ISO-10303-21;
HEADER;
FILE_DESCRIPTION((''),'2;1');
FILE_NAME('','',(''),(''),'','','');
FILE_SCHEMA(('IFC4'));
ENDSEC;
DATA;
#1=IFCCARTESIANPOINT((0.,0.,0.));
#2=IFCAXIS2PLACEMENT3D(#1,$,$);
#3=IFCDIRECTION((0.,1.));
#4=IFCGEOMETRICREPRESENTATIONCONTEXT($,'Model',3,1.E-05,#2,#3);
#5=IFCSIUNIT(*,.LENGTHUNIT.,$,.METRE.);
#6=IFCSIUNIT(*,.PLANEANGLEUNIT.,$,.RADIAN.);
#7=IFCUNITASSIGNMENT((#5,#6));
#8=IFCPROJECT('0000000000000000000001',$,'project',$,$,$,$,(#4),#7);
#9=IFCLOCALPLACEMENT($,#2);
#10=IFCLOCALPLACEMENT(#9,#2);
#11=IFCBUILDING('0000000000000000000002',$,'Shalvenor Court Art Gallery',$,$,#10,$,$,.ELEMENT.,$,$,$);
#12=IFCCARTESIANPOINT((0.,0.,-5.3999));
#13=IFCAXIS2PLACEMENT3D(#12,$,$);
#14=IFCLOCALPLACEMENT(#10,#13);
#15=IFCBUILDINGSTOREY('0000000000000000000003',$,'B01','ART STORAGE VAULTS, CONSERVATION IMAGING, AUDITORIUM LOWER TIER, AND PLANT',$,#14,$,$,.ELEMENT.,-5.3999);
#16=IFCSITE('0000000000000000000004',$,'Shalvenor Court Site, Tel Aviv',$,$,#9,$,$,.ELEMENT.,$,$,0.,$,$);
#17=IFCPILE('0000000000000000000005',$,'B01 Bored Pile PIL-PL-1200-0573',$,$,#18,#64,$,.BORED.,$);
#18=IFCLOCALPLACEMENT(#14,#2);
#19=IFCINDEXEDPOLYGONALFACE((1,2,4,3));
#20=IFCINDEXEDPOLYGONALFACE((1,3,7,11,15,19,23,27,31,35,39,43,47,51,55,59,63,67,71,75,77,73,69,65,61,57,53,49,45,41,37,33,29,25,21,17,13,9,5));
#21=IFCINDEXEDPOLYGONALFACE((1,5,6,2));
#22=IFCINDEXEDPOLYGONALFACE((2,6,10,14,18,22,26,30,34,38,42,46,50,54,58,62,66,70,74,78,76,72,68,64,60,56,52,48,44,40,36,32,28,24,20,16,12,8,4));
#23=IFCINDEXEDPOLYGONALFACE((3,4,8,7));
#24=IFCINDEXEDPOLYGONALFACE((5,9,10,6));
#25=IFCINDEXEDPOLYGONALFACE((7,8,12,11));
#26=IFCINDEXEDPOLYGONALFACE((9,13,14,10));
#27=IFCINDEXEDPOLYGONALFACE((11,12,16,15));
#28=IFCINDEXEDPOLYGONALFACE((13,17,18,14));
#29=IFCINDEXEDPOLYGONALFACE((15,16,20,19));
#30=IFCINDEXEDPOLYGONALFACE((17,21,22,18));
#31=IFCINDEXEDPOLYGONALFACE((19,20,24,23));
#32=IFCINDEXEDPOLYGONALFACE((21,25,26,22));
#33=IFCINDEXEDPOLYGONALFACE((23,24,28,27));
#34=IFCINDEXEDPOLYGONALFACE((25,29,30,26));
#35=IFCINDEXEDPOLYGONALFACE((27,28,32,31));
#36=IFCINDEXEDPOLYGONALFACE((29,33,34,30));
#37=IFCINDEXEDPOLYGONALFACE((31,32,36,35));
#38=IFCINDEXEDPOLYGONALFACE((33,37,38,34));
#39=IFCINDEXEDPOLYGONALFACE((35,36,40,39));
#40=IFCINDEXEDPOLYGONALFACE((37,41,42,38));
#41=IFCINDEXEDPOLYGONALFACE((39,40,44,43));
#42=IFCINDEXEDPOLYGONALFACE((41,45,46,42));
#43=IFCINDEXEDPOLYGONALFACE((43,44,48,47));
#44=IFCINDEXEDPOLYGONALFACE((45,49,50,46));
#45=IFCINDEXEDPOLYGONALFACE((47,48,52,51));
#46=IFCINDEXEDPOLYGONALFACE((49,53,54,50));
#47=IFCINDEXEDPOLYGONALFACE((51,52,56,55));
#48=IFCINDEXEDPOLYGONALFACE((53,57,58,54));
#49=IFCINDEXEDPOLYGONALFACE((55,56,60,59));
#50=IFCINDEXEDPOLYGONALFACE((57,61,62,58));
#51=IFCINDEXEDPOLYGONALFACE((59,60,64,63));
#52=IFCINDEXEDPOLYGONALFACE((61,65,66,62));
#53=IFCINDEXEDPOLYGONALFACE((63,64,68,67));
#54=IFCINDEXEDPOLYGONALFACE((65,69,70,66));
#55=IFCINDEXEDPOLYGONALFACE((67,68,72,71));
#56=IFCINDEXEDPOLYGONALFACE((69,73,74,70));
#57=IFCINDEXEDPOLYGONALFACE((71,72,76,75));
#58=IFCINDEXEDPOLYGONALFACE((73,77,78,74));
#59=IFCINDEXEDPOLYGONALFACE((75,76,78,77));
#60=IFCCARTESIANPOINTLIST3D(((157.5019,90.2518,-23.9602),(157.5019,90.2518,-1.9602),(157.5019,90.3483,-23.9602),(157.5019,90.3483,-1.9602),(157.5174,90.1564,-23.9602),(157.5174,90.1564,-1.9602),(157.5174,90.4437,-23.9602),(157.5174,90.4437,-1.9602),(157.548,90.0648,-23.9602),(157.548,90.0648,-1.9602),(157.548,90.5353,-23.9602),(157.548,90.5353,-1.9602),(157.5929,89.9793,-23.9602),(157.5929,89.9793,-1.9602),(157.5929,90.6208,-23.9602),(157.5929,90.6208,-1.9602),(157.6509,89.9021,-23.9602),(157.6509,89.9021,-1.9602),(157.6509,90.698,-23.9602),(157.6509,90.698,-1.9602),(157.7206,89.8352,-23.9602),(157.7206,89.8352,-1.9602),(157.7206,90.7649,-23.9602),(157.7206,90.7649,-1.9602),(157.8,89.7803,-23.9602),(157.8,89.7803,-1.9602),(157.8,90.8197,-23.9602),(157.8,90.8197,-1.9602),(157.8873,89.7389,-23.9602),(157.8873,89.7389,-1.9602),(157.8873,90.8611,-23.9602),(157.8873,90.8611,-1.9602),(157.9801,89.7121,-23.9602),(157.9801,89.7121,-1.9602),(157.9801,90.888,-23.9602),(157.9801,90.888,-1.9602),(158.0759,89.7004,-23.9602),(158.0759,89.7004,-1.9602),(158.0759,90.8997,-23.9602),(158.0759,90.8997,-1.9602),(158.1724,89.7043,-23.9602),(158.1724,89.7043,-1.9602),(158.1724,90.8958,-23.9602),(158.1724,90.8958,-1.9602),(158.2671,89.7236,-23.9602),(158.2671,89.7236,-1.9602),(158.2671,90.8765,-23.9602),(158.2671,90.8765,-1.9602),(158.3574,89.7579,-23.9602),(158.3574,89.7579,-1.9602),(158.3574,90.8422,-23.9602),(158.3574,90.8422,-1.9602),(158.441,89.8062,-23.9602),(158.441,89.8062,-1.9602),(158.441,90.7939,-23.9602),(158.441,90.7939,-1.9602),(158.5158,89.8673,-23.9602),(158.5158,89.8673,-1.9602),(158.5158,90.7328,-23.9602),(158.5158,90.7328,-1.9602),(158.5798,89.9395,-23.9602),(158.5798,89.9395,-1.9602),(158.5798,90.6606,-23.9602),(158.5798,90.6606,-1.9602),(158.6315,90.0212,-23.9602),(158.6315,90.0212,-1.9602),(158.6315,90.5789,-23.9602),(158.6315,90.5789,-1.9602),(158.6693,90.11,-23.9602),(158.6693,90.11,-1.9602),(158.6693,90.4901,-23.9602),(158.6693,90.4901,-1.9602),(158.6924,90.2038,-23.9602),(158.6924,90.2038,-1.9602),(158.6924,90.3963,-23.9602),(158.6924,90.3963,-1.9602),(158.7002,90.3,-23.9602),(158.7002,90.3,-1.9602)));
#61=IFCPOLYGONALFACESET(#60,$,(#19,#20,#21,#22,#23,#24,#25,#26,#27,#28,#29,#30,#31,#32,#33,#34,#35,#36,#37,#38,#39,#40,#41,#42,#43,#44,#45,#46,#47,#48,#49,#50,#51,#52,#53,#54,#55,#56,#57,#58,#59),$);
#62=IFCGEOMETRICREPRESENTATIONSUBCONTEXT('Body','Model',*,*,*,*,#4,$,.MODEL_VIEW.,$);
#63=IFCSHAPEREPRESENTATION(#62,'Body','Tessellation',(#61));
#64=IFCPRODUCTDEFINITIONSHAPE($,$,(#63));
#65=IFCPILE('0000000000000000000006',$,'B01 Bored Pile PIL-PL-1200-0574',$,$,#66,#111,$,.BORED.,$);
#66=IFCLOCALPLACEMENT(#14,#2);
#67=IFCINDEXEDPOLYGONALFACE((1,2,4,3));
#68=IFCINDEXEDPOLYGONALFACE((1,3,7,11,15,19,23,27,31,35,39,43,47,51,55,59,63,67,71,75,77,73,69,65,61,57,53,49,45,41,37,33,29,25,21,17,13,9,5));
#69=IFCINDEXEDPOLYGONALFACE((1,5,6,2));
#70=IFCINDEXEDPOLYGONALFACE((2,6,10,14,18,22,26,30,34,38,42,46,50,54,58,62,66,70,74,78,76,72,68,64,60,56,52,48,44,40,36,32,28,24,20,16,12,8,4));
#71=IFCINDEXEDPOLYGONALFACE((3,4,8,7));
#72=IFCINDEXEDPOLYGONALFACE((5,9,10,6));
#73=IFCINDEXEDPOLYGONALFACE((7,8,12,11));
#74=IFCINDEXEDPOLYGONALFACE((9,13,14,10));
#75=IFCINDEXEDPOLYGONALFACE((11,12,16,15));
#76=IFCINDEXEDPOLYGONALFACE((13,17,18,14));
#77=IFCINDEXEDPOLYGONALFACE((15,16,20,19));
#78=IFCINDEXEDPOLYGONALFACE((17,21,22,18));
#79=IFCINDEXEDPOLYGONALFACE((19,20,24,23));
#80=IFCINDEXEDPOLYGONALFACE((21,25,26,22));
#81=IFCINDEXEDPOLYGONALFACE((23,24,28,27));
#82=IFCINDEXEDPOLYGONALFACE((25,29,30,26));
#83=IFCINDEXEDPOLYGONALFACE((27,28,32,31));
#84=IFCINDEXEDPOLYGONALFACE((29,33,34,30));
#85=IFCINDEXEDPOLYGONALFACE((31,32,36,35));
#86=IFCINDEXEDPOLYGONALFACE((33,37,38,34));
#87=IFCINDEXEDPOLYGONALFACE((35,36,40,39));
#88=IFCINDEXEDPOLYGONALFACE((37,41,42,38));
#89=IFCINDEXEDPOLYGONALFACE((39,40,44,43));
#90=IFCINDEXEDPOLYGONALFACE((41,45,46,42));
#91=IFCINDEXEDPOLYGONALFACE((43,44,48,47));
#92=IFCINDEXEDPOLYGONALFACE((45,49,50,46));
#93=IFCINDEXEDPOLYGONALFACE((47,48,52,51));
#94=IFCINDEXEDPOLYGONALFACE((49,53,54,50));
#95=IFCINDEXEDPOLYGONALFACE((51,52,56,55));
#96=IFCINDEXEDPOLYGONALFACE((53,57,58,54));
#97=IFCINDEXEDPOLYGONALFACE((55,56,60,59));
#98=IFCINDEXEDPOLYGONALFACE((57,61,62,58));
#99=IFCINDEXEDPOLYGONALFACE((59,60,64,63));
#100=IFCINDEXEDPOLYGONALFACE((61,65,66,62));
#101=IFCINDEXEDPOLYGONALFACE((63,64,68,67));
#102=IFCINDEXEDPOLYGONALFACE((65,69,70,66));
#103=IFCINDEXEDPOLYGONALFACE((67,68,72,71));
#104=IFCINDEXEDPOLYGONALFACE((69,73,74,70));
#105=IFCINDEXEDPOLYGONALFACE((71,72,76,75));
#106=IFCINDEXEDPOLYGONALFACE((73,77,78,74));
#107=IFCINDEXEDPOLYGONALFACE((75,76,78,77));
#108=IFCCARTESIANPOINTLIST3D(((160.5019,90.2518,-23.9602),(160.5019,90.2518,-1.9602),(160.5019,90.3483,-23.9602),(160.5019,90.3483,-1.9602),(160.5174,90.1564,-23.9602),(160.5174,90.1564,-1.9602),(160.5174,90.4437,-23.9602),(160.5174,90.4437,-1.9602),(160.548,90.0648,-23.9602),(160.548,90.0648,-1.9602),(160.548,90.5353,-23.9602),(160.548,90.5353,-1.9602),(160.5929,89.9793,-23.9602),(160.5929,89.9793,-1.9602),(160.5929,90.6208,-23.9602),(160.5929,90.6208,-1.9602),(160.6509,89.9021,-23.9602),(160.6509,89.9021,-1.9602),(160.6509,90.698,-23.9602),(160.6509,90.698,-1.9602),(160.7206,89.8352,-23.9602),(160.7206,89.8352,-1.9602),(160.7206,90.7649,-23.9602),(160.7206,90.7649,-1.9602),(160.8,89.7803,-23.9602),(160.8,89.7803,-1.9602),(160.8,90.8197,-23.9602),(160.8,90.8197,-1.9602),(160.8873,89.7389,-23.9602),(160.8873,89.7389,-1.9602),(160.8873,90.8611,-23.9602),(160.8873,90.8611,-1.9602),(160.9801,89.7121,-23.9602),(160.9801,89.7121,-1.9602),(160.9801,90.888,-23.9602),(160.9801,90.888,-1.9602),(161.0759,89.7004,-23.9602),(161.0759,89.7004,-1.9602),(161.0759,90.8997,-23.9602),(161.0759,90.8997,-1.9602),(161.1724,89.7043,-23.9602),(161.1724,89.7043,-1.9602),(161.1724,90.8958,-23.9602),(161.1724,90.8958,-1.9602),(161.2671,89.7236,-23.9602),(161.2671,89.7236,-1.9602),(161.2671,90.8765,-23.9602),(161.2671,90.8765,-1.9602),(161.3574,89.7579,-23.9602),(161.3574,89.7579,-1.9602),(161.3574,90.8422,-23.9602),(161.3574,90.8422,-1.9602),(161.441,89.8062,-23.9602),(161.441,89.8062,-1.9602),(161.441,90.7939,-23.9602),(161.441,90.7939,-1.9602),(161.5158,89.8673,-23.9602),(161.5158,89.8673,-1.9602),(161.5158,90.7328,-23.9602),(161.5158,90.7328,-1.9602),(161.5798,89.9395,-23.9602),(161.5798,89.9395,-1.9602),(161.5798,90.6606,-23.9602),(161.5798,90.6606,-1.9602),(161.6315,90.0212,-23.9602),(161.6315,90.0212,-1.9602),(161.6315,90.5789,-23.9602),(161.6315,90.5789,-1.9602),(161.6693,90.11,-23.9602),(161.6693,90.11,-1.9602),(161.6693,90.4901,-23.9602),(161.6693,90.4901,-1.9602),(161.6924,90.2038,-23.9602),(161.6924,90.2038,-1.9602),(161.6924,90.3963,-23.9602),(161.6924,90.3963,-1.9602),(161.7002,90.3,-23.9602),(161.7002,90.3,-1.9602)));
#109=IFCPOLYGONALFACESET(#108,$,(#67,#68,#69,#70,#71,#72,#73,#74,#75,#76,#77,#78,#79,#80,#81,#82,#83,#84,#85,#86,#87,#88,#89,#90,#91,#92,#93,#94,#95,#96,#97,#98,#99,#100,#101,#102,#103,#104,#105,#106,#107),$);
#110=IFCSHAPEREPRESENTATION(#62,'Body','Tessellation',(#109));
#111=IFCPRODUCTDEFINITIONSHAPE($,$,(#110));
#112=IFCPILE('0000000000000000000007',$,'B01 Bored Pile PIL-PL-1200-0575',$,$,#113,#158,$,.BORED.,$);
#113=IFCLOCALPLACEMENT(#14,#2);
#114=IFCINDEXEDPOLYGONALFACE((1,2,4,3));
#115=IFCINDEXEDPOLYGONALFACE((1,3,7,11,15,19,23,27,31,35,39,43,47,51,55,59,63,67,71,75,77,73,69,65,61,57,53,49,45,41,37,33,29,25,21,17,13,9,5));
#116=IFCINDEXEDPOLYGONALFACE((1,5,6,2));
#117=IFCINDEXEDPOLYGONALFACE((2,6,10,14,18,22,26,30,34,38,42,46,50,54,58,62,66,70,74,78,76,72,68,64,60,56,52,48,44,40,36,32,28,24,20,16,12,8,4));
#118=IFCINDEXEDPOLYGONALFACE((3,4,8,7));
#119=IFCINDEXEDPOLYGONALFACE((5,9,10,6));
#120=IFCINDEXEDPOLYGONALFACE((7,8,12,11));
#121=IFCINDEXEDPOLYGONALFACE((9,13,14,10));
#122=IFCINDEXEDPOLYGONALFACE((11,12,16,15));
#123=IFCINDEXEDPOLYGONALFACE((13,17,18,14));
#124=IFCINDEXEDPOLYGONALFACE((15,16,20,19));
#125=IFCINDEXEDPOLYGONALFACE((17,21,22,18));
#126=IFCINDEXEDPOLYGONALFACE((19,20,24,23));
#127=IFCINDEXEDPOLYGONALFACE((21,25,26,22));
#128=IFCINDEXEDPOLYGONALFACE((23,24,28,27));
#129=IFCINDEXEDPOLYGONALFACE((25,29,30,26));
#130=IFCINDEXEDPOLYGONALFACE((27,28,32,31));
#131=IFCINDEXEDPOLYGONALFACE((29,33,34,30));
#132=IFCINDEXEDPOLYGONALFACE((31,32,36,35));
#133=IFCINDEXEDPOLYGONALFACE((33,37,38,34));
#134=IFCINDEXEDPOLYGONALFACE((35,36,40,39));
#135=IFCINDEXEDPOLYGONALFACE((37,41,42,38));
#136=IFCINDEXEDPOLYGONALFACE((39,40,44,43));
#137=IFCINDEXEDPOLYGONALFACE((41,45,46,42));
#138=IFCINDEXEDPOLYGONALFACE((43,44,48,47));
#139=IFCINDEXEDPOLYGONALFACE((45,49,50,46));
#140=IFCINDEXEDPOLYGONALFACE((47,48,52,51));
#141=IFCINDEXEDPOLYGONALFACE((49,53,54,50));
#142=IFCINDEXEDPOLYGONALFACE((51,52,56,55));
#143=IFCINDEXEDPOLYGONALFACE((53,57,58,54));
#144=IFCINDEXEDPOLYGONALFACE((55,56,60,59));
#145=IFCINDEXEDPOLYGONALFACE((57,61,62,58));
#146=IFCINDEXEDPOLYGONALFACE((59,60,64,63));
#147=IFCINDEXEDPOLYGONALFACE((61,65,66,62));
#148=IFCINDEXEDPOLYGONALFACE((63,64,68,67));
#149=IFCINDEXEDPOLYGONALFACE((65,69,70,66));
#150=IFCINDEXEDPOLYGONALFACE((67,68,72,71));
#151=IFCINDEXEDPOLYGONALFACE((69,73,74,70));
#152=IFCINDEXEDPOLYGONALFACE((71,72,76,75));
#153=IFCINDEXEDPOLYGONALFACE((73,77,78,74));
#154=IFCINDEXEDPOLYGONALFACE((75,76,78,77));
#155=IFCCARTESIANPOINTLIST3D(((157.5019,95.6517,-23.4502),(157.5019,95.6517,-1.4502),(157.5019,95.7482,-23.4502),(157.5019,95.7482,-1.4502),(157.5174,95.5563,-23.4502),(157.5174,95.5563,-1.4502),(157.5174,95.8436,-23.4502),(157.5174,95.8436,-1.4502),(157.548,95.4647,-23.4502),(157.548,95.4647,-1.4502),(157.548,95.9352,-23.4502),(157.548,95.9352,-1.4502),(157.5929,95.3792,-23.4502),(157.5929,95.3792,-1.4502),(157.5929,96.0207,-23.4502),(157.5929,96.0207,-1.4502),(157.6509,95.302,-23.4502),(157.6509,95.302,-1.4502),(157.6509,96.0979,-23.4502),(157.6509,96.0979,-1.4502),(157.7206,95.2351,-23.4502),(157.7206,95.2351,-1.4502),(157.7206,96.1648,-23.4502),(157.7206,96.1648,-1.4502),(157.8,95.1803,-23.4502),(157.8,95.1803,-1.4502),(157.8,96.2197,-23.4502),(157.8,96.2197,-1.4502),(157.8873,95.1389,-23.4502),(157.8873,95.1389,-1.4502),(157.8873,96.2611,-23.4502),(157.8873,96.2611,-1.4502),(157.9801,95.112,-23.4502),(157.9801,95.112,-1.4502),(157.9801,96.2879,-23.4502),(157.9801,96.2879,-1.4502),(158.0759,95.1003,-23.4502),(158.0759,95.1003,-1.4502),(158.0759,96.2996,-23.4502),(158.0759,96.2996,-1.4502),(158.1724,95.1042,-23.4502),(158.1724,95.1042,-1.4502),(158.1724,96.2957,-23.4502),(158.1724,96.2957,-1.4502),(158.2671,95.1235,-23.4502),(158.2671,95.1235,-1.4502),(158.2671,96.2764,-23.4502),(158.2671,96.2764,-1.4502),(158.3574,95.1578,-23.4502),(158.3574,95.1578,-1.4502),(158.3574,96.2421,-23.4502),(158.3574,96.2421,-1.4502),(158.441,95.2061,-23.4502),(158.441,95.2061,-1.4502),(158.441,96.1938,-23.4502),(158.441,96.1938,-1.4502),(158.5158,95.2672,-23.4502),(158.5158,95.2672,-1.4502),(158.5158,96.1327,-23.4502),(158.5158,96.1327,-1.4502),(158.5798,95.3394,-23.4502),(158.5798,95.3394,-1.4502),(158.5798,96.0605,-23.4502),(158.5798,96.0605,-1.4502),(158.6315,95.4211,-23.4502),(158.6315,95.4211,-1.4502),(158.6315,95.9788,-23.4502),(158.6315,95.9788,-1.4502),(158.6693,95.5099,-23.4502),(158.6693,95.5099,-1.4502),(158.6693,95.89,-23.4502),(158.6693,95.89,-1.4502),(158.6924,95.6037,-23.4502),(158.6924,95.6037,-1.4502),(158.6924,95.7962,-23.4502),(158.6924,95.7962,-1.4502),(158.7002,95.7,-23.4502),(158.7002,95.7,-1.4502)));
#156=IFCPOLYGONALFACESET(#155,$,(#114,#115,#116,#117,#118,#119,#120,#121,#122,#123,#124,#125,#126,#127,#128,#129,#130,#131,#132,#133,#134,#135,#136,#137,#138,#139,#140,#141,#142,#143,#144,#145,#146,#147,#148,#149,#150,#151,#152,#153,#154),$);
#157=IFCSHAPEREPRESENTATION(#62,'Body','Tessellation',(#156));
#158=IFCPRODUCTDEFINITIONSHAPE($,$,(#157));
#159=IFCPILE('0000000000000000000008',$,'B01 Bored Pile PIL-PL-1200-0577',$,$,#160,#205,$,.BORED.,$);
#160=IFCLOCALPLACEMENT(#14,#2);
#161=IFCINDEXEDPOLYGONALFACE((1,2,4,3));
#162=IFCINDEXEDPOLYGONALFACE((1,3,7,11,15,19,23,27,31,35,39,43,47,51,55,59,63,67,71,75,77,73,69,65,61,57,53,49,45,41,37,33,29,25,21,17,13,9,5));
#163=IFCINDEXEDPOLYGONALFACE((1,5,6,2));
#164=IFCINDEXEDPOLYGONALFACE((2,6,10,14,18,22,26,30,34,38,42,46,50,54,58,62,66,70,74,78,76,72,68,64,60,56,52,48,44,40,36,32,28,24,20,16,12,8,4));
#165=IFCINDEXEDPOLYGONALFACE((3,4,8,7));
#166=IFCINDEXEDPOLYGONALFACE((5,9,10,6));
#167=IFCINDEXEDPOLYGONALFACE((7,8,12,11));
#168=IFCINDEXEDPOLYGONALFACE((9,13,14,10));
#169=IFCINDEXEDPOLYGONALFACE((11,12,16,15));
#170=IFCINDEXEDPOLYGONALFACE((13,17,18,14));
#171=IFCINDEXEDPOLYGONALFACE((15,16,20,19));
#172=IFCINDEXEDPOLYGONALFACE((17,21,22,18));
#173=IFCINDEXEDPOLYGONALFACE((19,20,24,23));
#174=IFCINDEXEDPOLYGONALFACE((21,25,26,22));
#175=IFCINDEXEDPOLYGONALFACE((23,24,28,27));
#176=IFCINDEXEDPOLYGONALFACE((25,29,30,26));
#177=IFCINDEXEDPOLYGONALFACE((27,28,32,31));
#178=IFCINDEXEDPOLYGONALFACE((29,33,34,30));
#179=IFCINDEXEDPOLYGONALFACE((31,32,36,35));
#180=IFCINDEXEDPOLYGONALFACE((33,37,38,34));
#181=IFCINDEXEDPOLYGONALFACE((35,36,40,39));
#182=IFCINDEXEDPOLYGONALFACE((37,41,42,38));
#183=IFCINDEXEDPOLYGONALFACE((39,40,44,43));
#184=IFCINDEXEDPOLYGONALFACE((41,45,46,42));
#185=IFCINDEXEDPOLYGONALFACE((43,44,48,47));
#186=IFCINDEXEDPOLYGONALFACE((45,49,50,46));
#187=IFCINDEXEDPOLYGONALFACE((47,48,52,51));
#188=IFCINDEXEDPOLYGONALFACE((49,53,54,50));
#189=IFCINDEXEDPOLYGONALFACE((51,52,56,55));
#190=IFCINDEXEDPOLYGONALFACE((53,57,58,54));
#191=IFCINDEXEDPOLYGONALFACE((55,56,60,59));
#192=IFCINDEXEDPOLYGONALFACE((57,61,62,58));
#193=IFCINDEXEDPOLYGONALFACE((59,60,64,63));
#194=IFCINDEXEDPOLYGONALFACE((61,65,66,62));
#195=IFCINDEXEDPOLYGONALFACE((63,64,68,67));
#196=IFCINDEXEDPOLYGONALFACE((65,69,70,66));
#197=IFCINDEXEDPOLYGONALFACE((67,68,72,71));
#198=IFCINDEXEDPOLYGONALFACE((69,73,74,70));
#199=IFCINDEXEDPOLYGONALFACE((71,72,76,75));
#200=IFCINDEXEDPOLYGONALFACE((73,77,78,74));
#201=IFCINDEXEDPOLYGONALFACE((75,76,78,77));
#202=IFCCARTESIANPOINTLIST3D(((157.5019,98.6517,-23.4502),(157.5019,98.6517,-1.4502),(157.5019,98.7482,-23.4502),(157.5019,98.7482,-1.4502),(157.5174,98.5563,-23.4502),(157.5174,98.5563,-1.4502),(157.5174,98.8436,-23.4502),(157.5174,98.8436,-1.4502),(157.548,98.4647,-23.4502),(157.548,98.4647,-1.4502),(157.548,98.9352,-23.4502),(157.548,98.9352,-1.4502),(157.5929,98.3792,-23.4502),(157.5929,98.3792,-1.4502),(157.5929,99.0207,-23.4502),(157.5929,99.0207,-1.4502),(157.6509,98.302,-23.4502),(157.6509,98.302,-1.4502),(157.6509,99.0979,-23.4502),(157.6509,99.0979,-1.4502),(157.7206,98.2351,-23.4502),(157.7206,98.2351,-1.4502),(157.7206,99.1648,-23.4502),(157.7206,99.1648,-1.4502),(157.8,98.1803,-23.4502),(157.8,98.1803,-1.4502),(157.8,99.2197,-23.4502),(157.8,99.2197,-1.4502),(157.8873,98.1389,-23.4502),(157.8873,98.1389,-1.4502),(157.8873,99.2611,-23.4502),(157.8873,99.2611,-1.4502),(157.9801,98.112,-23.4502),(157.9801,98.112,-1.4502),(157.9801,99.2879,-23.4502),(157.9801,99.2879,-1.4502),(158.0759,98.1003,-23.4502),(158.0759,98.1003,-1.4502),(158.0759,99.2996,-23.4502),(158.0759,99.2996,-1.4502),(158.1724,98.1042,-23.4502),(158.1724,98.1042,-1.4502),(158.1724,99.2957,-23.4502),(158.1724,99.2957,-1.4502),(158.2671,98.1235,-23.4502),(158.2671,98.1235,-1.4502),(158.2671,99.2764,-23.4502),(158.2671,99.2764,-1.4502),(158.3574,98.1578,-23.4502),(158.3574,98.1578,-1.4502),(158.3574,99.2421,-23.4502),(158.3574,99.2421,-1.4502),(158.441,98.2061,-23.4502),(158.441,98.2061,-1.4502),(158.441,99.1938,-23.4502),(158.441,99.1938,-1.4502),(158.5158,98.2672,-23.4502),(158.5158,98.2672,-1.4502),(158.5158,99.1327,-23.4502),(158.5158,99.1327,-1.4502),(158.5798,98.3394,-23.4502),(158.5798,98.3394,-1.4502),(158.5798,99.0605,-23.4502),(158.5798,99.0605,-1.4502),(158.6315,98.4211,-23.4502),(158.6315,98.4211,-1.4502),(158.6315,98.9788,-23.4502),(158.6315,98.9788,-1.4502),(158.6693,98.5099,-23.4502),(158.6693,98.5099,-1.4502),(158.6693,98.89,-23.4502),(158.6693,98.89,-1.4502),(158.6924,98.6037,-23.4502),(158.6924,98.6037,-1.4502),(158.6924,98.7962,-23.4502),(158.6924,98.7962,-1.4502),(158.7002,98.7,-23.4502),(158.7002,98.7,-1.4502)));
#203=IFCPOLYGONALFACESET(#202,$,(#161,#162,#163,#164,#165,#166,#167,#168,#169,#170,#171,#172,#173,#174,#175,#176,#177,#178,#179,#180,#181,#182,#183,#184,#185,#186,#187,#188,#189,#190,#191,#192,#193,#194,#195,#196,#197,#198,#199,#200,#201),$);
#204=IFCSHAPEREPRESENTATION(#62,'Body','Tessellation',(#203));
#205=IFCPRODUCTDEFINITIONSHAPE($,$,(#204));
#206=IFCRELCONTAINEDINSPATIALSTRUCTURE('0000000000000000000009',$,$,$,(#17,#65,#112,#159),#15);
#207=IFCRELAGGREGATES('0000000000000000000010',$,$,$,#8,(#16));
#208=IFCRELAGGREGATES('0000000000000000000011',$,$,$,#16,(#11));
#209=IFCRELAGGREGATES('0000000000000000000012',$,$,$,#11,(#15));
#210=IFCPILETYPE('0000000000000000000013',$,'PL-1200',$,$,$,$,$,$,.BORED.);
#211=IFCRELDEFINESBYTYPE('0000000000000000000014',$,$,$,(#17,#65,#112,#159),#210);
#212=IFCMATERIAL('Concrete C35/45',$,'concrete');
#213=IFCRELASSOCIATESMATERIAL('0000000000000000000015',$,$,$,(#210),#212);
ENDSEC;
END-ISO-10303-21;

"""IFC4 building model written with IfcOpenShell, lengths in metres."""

from ifc_helpers import new_model, si_unit, direction, frame, origin, origin_2d, place, context, subcontext, project, spatial, circle, extrude, material, material_profile, profile_set, type_object, element, save


model = new_model("IFC4")

# Units and contexts
model_context = context("Model", 3, precision=1e-05, world=origin(), true_north=direction((0.0, 1.0)))
body_context = subcontext(model_context, "Body", "Model", "MODEL_VIEW")
ifc_project = project(units=[si_unit("LENGTHUNIT", "METRE"), si_unit("PLANEANGLEUNIT", "RADIAN")], contexts=[model_context])

# Site, building, storey
site_placement = place(None, origin())
site = spatial("IfcSite", under=ifc_project, at=site_placement, Name="Shalvenor Court Site, Tel Aviv", CompositionType="ELEMENT", RefElevation=0.0)
building_placement = place(site_placement, origin())
building = spatial("IfcBuilding", under=site, at=building_placement, Name="Shalvenor Court Art Gallery", CompositionType="ELEMENT")
storey_placement = place(building_placement, frame((0.0, 0.0, -5.3999)))
storey = spatial("IfcBuildingStorey", under=building, at=storey_placement, Name="B01", Description="ART STORAGE VAULTS, CONSERVATION IMAGING, AUDITORIUM LOWER TIER, AND PLANT", CompositionType="ELEMENT", Elevation=-5.3999)

# Piles
ifc_material_1 = material(Name="Concrete C35/45", Category="concrete")
ifc_material_profile_1 = material_profile(ifc_material_1, circle(Radius=0.6001, at=origin_2d()), Name="PILE 1200")
ifc_profile_set_1 = profile_set([ifc_material_profile_1], Name="Concrete C35/45")
pile_type = type_object("IfcPileType", Name="PL-1200", PredefinedType="BORED", material=ifc_profile_set_1)
for number, where, z_axis, x_axis, name in (
    (1, (158.1001, 90.3, -1.9602), (0.0, 0.0, -1.0), (1.0, 0.0, 0.0), "B01 Bored Pile PIL-PL-1200-0573"),
    (2, (161.1001, 90.3, -1.9602), (0.0, 0.0, -1.0), (1.0, 0.0, 0.0), "B01 Bored Pile PIL-PL-1200-0574"),
    (3, (158.1001, 95.7, -1.4502), (0.0, 0.0, -1.0), (1.0, 0.0, 0.0), "B01 Bored Pile PIL-PL-1200-0575"),
    (4, (158.1001, 98.7, -1.4502), (0.0, 0.0, -1.0), (1.0, 0.0, 0.0), "B01 Bored Pile PIL-PL-1200-0577"),
):
    element("IfcPile", number, at=place(storey_placement, frame(where, z_axis=z_axis, x_axis=x_axis)), inside=storey, type_object=pile_type, Name=name, PredefinedType="BORED", context=body_context, shape_type="SweptSolid", body=[
        extrude(circle(Radius=0.6001, at=origin_2d()), origin(), (0.0, 0.0, 1.0), 22.0),
    ])

save(model, "model.ifc")
